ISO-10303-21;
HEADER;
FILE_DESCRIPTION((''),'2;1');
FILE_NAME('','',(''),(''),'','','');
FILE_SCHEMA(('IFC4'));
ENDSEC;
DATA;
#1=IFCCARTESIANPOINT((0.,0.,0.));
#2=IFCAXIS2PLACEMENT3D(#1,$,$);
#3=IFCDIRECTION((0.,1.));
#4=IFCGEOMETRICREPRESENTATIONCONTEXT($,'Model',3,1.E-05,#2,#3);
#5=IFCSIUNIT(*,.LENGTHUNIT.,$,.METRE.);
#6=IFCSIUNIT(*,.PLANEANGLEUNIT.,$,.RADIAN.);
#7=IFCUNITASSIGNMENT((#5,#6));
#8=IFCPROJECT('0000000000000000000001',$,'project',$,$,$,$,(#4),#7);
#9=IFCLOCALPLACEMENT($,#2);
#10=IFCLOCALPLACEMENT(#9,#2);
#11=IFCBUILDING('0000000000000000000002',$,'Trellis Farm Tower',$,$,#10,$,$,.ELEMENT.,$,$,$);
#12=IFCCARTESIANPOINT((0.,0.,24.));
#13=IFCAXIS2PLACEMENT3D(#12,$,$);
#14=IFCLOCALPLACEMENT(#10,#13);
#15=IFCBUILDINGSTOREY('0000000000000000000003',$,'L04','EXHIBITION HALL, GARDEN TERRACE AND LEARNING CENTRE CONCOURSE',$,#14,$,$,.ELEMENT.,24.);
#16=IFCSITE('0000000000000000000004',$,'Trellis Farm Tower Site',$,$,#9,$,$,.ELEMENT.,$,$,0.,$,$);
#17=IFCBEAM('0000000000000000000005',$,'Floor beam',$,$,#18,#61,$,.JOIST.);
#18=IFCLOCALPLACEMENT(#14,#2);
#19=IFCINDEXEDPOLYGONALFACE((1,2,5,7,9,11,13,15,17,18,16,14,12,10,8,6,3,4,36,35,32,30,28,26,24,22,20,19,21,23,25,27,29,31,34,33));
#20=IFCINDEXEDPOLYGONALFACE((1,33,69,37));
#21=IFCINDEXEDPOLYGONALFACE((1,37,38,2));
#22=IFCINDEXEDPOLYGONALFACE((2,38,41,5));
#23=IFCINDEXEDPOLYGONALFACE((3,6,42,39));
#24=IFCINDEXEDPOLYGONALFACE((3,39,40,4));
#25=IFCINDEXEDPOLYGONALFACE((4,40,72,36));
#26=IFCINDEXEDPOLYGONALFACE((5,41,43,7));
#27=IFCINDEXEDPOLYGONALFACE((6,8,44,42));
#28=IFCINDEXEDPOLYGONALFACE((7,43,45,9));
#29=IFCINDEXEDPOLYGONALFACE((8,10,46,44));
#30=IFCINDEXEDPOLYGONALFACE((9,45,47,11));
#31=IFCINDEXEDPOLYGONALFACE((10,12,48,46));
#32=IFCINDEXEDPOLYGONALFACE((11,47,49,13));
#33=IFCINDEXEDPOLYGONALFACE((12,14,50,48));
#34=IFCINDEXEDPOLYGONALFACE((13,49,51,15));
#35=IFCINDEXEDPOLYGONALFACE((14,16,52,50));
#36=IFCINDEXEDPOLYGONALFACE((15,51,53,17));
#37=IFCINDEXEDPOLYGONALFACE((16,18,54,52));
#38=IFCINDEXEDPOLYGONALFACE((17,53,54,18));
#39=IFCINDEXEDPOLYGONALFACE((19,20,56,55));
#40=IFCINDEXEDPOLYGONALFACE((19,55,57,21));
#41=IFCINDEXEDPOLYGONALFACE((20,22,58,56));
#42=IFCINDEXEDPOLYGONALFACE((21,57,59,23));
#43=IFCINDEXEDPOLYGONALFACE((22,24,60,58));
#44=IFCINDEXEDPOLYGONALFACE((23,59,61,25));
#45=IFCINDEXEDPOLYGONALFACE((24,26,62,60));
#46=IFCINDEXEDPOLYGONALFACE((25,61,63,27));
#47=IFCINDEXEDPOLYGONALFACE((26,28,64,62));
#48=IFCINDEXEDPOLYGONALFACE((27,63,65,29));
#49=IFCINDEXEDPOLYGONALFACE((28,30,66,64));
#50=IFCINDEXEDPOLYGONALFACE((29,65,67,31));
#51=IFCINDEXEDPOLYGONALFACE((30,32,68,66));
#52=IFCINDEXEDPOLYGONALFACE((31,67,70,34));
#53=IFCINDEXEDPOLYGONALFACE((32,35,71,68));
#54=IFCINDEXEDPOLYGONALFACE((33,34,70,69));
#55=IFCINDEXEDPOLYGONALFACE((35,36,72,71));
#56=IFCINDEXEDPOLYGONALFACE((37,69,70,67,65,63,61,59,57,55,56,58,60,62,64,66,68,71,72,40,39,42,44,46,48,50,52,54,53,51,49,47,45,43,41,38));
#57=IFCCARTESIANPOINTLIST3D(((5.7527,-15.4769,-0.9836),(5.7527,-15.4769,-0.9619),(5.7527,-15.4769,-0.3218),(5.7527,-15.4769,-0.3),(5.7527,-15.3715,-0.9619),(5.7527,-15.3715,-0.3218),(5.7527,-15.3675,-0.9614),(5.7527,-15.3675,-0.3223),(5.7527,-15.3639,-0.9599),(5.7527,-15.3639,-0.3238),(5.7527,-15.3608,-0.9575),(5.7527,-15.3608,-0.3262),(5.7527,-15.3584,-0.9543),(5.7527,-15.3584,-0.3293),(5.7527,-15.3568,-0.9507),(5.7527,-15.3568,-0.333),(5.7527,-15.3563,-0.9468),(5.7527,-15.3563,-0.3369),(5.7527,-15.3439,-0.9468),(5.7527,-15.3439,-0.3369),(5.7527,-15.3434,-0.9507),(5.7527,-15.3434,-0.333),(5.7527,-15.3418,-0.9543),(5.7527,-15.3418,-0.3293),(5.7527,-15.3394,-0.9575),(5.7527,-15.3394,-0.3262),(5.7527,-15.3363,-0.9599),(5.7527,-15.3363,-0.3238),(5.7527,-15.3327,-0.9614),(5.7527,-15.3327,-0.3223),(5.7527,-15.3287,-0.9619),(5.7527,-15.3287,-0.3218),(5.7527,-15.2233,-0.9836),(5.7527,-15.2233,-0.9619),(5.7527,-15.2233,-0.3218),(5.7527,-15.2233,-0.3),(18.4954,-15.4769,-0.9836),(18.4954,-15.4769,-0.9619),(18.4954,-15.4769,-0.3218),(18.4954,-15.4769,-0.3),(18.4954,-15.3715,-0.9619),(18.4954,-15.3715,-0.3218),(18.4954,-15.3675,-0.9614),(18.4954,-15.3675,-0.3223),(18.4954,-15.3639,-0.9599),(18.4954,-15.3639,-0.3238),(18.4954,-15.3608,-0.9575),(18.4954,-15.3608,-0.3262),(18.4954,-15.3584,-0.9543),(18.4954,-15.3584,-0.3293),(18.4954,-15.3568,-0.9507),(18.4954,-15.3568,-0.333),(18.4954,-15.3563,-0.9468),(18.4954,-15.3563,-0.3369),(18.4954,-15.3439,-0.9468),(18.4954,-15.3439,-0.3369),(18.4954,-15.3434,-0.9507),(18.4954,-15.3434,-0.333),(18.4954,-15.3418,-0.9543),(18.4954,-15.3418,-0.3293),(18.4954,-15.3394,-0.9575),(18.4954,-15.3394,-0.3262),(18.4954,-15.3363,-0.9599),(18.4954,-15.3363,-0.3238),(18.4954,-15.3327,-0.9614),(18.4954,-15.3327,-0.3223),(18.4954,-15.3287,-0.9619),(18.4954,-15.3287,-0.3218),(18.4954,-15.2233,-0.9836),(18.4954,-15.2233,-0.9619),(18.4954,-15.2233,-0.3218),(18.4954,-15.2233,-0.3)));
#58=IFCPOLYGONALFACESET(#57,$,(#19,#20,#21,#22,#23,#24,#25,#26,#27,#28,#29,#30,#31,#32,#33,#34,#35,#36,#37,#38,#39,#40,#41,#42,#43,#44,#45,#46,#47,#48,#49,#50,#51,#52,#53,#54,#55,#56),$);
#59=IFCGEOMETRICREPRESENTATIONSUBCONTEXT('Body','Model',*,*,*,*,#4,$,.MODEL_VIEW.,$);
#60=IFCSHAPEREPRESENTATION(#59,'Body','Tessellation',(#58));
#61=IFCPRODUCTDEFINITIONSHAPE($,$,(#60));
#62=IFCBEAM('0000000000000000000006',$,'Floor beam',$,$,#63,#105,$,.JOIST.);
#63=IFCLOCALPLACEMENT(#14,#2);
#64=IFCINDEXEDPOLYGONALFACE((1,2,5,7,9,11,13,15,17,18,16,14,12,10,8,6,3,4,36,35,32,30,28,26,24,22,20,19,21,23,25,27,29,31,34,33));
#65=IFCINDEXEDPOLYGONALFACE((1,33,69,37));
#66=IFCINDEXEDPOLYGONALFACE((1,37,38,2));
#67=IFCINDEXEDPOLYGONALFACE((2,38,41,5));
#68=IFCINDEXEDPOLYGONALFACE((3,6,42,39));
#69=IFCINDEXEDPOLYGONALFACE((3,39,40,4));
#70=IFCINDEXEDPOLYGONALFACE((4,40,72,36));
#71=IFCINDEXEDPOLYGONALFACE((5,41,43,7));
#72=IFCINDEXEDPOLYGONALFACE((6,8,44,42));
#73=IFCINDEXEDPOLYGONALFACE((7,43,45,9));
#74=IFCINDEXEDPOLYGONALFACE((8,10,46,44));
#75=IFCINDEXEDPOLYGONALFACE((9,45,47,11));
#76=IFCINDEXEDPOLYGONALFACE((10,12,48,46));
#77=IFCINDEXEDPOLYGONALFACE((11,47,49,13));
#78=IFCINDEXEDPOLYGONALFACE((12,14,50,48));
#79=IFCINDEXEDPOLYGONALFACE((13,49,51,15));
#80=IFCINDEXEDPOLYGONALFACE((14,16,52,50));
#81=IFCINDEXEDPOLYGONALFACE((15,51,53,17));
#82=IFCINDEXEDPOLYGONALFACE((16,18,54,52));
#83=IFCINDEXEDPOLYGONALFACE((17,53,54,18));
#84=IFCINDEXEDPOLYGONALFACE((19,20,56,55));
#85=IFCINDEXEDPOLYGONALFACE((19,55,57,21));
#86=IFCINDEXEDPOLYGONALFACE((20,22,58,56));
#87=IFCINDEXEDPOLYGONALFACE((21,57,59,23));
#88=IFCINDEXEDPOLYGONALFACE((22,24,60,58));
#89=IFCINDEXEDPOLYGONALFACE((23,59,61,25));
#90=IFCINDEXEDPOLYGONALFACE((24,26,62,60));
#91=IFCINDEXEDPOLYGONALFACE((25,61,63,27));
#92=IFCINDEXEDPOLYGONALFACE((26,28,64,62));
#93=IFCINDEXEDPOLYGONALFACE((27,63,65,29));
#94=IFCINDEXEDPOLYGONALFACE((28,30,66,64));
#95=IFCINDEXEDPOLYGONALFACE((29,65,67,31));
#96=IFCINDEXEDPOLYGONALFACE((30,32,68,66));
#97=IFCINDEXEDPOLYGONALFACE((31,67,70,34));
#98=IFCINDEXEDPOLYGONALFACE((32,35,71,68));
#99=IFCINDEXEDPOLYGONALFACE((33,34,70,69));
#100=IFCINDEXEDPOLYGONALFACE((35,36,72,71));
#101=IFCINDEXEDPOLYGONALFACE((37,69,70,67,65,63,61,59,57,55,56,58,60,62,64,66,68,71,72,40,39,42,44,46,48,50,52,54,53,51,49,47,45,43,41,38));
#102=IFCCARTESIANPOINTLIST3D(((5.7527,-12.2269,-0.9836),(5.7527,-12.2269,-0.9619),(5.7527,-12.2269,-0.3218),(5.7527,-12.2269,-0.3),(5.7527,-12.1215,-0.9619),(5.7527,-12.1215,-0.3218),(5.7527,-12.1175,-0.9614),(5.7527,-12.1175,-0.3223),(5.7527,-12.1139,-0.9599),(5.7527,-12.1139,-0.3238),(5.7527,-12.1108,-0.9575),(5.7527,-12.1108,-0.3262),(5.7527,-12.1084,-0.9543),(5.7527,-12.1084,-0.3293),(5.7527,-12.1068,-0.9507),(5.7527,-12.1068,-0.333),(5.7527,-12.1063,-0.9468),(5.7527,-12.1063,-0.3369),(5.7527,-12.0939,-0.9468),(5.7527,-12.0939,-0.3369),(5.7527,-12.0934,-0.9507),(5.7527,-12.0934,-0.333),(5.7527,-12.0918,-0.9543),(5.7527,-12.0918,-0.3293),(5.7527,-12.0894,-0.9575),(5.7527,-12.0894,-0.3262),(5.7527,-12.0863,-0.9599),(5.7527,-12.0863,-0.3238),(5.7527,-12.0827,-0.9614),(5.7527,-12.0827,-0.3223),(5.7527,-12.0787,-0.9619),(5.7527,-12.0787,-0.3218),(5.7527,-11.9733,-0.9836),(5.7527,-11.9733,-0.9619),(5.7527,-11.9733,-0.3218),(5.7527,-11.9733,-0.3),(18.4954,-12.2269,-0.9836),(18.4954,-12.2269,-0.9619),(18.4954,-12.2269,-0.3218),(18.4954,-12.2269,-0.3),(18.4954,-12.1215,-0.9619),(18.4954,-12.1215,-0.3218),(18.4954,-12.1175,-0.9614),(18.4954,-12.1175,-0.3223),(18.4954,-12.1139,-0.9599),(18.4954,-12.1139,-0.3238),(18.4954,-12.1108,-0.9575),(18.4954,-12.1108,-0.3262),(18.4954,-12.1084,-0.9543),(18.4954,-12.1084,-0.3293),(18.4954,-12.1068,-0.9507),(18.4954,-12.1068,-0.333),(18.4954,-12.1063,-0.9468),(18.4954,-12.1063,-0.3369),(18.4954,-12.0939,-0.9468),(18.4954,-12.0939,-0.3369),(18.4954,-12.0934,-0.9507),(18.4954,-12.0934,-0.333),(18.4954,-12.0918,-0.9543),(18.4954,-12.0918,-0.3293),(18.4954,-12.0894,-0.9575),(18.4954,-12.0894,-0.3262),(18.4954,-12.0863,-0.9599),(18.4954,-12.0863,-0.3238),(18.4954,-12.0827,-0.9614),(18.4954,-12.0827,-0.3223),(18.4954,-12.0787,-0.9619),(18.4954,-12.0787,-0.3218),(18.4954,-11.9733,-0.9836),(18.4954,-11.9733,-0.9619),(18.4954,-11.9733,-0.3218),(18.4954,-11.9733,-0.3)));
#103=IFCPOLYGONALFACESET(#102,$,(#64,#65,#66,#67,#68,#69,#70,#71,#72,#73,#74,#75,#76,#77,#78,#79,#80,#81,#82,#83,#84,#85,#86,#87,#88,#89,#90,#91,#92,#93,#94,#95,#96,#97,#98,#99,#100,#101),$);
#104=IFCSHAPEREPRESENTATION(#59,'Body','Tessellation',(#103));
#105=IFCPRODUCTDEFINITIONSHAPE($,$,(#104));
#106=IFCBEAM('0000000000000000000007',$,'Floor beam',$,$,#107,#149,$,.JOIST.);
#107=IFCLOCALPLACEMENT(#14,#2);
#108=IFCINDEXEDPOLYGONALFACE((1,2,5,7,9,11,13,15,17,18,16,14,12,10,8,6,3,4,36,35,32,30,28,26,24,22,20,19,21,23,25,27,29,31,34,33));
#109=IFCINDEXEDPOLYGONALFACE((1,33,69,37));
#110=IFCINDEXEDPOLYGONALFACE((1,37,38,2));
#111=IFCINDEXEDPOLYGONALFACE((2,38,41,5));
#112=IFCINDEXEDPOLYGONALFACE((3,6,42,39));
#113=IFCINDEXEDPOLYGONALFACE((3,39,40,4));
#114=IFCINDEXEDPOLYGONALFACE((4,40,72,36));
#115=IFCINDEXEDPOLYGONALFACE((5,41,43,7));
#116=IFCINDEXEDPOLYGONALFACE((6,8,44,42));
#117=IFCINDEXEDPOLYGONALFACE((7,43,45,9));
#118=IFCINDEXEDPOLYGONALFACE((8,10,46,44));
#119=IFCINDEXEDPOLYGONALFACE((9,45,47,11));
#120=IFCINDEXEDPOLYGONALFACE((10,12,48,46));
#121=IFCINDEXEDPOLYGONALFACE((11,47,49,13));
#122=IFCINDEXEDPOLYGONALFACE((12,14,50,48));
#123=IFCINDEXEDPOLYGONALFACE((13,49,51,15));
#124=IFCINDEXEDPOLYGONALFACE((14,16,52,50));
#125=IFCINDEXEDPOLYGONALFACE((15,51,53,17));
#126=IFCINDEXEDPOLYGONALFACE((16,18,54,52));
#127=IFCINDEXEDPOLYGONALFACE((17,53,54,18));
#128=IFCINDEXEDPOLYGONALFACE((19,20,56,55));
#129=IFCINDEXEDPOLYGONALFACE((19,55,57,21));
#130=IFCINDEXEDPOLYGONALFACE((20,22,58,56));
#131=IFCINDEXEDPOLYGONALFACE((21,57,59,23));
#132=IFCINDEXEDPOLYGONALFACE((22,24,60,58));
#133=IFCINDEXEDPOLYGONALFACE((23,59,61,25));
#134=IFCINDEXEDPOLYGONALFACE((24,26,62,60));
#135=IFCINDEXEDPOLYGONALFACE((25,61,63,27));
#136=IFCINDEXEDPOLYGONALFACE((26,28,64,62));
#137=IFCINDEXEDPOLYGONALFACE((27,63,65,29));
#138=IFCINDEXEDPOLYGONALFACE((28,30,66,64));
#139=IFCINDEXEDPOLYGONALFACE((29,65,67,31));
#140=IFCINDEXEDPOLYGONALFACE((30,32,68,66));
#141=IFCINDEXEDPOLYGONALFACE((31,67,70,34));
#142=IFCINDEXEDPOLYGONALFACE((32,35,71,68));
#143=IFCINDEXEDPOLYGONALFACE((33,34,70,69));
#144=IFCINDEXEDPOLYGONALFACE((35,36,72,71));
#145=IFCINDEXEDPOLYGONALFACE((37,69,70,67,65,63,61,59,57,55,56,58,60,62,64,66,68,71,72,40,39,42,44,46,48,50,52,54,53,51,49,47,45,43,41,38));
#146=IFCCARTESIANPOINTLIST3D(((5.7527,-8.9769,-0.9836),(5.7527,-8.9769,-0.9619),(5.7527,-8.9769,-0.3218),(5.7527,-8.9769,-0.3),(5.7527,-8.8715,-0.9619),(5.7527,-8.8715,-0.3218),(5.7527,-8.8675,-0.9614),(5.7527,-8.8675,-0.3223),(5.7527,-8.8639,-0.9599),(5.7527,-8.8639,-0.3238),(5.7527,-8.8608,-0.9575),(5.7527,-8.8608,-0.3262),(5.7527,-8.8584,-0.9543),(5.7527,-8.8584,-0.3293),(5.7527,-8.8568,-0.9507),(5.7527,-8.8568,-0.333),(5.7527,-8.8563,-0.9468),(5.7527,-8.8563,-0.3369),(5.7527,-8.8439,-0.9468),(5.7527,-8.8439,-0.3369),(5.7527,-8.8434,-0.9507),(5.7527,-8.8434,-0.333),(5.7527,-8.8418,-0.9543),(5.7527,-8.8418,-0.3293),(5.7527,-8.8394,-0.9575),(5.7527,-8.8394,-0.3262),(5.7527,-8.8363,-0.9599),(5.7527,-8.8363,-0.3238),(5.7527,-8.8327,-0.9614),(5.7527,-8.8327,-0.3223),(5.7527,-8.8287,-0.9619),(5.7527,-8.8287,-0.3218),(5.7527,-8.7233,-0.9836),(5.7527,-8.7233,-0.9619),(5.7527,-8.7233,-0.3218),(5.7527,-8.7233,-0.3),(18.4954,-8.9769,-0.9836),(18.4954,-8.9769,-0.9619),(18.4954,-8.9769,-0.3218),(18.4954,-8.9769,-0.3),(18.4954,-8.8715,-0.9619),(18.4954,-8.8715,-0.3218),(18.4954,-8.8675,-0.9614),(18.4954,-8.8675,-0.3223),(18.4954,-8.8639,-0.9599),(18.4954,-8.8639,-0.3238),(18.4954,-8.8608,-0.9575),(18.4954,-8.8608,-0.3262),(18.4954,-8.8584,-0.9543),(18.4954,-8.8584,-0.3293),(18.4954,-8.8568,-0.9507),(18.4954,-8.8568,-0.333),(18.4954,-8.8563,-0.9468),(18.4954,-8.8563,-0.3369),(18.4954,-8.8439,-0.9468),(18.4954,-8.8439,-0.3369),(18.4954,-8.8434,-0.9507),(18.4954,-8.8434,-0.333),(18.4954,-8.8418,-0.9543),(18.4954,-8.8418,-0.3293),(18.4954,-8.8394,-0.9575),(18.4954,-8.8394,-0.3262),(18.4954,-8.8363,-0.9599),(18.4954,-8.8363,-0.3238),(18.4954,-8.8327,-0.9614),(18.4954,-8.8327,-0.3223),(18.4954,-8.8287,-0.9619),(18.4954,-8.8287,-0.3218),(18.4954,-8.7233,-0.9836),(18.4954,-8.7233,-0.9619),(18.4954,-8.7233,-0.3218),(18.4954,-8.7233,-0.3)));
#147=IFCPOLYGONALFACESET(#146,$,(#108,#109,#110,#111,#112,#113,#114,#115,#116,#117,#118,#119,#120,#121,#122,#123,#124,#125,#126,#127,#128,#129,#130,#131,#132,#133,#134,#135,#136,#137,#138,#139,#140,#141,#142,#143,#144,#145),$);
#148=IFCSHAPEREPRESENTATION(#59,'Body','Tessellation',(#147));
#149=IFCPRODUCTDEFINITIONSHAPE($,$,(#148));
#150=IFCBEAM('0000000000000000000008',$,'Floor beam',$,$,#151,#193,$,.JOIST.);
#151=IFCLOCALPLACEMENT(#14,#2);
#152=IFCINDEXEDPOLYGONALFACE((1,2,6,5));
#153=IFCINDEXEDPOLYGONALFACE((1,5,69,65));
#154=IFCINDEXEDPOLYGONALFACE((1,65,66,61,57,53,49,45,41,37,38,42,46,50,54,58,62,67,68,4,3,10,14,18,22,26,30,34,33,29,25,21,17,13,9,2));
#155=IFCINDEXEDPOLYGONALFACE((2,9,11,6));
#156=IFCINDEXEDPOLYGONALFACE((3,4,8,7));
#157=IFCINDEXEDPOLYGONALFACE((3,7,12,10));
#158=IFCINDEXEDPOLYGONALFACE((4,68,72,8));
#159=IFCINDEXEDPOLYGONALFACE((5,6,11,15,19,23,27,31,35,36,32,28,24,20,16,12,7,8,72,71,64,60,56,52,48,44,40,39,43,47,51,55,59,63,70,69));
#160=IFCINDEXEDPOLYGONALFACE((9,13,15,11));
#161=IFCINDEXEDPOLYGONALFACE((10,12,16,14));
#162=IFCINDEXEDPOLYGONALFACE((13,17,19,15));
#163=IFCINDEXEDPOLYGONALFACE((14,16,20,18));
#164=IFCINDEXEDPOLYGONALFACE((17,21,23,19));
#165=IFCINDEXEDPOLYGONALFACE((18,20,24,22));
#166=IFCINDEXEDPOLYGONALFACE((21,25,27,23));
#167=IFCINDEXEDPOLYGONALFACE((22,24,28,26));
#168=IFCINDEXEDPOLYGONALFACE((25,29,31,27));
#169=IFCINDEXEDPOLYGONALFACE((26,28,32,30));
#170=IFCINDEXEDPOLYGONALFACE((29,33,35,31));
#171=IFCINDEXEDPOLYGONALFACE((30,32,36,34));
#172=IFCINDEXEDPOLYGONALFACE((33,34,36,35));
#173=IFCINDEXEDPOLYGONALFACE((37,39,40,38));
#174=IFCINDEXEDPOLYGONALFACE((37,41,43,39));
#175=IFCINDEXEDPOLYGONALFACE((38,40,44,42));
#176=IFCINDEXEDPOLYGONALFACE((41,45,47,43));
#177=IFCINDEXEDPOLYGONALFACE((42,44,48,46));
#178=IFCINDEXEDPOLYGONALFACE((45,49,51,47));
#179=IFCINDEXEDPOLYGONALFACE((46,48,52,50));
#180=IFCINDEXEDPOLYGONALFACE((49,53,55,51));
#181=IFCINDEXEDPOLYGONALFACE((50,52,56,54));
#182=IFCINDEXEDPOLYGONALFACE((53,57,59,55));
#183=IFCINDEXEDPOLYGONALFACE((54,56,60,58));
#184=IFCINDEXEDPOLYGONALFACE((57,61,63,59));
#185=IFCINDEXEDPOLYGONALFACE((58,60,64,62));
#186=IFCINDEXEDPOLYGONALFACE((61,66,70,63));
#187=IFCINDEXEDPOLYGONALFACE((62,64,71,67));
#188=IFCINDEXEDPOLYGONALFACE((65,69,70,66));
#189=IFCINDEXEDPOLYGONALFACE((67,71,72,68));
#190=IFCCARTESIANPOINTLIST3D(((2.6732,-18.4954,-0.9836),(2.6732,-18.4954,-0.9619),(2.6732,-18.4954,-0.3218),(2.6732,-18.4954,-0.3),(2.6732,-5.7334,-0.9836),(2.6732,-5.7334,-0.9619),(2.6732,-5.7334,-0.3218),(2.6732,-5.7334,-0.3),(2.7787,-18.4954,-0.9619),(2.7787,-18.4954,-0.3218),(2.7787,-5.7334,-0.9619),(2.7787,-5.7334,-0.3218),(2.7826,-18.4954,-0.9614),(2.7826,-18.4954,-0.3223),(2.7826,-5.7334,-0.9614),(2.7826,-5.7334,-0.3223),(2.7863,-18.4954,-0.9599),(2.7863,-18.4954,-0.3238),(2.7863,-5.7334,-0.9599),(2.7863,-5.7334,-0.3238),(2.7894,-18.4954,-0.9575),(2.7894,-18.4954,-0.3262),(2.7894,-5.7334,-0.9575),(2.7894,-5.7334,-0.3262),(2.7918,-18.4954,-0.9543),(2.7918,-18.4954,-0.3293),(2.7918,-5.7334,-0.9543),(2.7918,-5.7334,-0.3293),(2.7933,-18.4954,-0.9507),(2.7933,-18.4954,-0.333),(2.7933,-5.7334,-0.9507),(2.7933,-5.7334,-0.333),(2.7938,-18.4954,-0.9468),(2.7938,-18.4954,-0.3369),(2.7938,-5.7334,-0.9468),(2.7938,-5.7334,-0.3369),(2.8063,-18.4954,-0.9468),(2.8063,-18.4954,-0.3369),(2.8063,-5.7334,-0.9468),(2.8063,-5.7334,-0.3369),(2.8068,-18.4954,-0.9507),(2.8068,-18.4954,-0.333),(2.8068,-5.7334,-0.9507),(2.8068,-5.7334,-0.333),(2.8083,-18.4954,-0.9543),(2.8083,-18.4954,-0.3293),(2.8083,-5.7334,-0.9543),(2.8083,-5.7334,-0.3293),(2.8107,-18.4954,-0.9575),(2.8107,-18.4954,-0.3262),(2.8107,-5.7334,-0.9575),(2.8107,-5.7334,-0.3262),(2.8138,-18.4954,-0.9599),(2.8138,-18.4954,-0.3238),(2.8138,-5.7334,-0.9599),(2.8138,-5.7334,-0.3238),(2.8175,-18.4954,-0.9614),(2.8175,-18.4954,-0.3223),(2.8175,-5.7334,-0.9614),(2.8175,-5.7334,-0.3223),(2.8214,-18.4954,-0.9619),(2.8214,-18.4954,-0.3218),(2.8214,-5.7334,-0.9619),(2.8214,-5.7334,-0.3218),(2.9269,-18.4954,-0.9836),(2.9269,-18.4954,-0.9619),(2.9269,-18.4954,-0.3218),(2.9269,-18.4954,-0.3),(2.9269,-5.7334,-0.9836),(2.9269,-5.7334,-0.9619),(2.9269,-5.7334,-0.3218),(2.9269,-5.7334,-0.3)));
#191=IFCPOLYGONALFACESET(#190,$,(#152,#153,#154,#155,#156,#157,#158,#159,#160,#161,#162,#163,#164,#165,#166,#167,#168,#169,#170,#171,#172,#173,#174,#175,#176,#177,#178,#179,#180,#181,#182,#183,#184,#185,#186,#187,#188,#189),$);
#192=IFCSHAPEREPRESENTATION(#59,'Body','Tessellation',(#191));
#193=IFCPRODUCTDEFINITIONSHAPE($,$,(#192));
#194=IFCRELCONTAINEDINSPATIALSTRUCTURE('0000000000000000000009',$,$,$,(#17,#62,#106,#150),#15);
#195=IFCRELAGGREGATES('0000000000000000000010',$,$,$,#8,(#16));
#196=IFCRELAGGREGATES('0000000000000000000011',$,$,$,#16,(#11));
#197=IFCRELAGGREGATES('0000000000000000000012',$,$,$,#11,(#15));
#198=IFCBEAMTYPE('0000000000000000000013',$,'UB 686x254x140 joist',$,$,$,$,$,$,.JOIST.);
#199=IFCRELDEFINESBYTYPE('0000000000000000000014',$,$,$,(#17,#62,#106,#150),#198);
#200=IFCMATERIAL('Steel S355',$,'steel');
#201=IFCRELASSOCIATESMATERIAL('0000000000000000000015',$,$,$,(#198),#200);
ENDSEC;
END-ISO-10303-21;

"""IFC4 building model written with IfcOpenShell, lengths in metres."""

from ifc_helpers import new_model, si_unit, direction, frame, origin, origin_2d, place, context, subcontext, project, spatial, i_section, extrude, source, transform, mapped, material, material_profile, profile_set, type_object, element, save


model = new_model("IFC4")

# Units and contexts
model_context = context("Model", 3, precision=1e-05, world=origin(), true_north=direction((0.0, 1.0)))
body_context = subcontext(model_context, "Body", "Model", "MODEL_VIEW")
ifc_project = project(units=[si_unit("LENGTHUNIT", "METRE"), si_unit("PLANEANGLEUNIT", "RADIAN")], contexts=[model_context])

# Site, building, storey
site_placement = place(None, origin())
site = spatial("IfcSite", under=ifc_project, at=site_placement, Name="Trellis Farm Tower Site", CompositionType="ELEMENT", RefElevation=0.0)
building_placement = place(site_placement, origin())
building = spatial("IfcBuilding", under=site, at=building_placement, Name="Trellis Farm Tower", CompositionType="ELEMENT")
storey_placement = place(building_placement, frame((0.0, 0.0, 24.0)))
storey = spatial("IfcBuildingStorey", under=building, at=storey_placement, Name="L04", Description="EXHIBITION HALL, GARDEN TERRACE AND LEARNING CENTRE CONCOURSE", CompositionType="ELEMENT", Elevation=24.0)

# Beams
ifc_material_1 = material(Name="Steel S355", Category="steel")
ifc_material_profile_1 = material_profile(ifc_material_1, i_section(OverallWidth=0.2537, OverallDepth=0.6836, WebThickness=0.0125, FlangeThickness=0.0217, FilletRadius=0.0151, at=origin_2d()), Name="UB 686x254x140")
ifc_profile_set_1 = profile_set([ifc_material_profile_1], Name="Steel S355")
beam_type_1 = type_object("IfcBeamType", Name="UB 686x254x140 joist", PredefinedType="JOIST", material=ifc_profile_set_1)
shared_shape_1 = source(origin(), body_context, "Body", "SweptSolid", [
    extrude(i_section(OverallWidth=0.2537, OverallDepth=0.6836, WebThickness=0.0125, FlangeThickness=0.0217, FilletRadius=0.0151, at=origin_2d()), origin(), (0.0, 0.0, 1.0), 12.7427),
])
for number, where, z_axis, x_axis, name in (
    (1, (5.7527, -15.3501, -0.6418), (1.0, 0.0, 0.0), (0.0, 1.0, 0.0), "Floor beam"),
    (2, (5.7527, -12.1001, -0.6418), (1.0, 0.0, 0.0), (0.0, 1.0, 0.0), "Floor beam"),
    (3, (5.7527, -8.8501, -0.6418), (1.0, 0.0, 0.0), (0.0, 1.0, 0.0), "Floor beam"),
):
    element("IfcBeam", number, at=place(storey_placement, frame(where, z_axis=z_axis, x_axis=x_axis)), inside=storey, type_object=beam_type_1, Name=name, PredefinedType="JOIST", context=body_context, shape_type="MappedRepresentation", body=[
        mapped(shared_shape_1, transform((0.0, 0.0, 0.0))),
    ])
shared_shape_2 = source(origin(), body_context, "Body", "SweptSolid", [
    extrude(i_section(OverallWidth=0.2537, OverallDepth=0.6836, WebThickness=0.0125, FlangeThickness=0.0217, FilletRadius=0.0151, at=origin_2d()), origin(), (0.0, 0.0, 1.0), 12.762),
])
beam_1_placement = place(storey_placement, frame((2.8, -18.4954, -0.6418), z_axis=(0.0, 1.0, 0.0), x_axis=(-1.0, 0.0, 0.0)))
element("IfcBeam", 4, at=beam_1_placement, inside=storey, type_object=beam_type_1, Name="Floor beam", PredefinedType="JOIST", context=body_context, shape_type="MappedRepresentation", body=[
    mapped(shared_shape_2, transform((0.0, 0.0, 0.0))),
])

save(model, "model.ifc")
